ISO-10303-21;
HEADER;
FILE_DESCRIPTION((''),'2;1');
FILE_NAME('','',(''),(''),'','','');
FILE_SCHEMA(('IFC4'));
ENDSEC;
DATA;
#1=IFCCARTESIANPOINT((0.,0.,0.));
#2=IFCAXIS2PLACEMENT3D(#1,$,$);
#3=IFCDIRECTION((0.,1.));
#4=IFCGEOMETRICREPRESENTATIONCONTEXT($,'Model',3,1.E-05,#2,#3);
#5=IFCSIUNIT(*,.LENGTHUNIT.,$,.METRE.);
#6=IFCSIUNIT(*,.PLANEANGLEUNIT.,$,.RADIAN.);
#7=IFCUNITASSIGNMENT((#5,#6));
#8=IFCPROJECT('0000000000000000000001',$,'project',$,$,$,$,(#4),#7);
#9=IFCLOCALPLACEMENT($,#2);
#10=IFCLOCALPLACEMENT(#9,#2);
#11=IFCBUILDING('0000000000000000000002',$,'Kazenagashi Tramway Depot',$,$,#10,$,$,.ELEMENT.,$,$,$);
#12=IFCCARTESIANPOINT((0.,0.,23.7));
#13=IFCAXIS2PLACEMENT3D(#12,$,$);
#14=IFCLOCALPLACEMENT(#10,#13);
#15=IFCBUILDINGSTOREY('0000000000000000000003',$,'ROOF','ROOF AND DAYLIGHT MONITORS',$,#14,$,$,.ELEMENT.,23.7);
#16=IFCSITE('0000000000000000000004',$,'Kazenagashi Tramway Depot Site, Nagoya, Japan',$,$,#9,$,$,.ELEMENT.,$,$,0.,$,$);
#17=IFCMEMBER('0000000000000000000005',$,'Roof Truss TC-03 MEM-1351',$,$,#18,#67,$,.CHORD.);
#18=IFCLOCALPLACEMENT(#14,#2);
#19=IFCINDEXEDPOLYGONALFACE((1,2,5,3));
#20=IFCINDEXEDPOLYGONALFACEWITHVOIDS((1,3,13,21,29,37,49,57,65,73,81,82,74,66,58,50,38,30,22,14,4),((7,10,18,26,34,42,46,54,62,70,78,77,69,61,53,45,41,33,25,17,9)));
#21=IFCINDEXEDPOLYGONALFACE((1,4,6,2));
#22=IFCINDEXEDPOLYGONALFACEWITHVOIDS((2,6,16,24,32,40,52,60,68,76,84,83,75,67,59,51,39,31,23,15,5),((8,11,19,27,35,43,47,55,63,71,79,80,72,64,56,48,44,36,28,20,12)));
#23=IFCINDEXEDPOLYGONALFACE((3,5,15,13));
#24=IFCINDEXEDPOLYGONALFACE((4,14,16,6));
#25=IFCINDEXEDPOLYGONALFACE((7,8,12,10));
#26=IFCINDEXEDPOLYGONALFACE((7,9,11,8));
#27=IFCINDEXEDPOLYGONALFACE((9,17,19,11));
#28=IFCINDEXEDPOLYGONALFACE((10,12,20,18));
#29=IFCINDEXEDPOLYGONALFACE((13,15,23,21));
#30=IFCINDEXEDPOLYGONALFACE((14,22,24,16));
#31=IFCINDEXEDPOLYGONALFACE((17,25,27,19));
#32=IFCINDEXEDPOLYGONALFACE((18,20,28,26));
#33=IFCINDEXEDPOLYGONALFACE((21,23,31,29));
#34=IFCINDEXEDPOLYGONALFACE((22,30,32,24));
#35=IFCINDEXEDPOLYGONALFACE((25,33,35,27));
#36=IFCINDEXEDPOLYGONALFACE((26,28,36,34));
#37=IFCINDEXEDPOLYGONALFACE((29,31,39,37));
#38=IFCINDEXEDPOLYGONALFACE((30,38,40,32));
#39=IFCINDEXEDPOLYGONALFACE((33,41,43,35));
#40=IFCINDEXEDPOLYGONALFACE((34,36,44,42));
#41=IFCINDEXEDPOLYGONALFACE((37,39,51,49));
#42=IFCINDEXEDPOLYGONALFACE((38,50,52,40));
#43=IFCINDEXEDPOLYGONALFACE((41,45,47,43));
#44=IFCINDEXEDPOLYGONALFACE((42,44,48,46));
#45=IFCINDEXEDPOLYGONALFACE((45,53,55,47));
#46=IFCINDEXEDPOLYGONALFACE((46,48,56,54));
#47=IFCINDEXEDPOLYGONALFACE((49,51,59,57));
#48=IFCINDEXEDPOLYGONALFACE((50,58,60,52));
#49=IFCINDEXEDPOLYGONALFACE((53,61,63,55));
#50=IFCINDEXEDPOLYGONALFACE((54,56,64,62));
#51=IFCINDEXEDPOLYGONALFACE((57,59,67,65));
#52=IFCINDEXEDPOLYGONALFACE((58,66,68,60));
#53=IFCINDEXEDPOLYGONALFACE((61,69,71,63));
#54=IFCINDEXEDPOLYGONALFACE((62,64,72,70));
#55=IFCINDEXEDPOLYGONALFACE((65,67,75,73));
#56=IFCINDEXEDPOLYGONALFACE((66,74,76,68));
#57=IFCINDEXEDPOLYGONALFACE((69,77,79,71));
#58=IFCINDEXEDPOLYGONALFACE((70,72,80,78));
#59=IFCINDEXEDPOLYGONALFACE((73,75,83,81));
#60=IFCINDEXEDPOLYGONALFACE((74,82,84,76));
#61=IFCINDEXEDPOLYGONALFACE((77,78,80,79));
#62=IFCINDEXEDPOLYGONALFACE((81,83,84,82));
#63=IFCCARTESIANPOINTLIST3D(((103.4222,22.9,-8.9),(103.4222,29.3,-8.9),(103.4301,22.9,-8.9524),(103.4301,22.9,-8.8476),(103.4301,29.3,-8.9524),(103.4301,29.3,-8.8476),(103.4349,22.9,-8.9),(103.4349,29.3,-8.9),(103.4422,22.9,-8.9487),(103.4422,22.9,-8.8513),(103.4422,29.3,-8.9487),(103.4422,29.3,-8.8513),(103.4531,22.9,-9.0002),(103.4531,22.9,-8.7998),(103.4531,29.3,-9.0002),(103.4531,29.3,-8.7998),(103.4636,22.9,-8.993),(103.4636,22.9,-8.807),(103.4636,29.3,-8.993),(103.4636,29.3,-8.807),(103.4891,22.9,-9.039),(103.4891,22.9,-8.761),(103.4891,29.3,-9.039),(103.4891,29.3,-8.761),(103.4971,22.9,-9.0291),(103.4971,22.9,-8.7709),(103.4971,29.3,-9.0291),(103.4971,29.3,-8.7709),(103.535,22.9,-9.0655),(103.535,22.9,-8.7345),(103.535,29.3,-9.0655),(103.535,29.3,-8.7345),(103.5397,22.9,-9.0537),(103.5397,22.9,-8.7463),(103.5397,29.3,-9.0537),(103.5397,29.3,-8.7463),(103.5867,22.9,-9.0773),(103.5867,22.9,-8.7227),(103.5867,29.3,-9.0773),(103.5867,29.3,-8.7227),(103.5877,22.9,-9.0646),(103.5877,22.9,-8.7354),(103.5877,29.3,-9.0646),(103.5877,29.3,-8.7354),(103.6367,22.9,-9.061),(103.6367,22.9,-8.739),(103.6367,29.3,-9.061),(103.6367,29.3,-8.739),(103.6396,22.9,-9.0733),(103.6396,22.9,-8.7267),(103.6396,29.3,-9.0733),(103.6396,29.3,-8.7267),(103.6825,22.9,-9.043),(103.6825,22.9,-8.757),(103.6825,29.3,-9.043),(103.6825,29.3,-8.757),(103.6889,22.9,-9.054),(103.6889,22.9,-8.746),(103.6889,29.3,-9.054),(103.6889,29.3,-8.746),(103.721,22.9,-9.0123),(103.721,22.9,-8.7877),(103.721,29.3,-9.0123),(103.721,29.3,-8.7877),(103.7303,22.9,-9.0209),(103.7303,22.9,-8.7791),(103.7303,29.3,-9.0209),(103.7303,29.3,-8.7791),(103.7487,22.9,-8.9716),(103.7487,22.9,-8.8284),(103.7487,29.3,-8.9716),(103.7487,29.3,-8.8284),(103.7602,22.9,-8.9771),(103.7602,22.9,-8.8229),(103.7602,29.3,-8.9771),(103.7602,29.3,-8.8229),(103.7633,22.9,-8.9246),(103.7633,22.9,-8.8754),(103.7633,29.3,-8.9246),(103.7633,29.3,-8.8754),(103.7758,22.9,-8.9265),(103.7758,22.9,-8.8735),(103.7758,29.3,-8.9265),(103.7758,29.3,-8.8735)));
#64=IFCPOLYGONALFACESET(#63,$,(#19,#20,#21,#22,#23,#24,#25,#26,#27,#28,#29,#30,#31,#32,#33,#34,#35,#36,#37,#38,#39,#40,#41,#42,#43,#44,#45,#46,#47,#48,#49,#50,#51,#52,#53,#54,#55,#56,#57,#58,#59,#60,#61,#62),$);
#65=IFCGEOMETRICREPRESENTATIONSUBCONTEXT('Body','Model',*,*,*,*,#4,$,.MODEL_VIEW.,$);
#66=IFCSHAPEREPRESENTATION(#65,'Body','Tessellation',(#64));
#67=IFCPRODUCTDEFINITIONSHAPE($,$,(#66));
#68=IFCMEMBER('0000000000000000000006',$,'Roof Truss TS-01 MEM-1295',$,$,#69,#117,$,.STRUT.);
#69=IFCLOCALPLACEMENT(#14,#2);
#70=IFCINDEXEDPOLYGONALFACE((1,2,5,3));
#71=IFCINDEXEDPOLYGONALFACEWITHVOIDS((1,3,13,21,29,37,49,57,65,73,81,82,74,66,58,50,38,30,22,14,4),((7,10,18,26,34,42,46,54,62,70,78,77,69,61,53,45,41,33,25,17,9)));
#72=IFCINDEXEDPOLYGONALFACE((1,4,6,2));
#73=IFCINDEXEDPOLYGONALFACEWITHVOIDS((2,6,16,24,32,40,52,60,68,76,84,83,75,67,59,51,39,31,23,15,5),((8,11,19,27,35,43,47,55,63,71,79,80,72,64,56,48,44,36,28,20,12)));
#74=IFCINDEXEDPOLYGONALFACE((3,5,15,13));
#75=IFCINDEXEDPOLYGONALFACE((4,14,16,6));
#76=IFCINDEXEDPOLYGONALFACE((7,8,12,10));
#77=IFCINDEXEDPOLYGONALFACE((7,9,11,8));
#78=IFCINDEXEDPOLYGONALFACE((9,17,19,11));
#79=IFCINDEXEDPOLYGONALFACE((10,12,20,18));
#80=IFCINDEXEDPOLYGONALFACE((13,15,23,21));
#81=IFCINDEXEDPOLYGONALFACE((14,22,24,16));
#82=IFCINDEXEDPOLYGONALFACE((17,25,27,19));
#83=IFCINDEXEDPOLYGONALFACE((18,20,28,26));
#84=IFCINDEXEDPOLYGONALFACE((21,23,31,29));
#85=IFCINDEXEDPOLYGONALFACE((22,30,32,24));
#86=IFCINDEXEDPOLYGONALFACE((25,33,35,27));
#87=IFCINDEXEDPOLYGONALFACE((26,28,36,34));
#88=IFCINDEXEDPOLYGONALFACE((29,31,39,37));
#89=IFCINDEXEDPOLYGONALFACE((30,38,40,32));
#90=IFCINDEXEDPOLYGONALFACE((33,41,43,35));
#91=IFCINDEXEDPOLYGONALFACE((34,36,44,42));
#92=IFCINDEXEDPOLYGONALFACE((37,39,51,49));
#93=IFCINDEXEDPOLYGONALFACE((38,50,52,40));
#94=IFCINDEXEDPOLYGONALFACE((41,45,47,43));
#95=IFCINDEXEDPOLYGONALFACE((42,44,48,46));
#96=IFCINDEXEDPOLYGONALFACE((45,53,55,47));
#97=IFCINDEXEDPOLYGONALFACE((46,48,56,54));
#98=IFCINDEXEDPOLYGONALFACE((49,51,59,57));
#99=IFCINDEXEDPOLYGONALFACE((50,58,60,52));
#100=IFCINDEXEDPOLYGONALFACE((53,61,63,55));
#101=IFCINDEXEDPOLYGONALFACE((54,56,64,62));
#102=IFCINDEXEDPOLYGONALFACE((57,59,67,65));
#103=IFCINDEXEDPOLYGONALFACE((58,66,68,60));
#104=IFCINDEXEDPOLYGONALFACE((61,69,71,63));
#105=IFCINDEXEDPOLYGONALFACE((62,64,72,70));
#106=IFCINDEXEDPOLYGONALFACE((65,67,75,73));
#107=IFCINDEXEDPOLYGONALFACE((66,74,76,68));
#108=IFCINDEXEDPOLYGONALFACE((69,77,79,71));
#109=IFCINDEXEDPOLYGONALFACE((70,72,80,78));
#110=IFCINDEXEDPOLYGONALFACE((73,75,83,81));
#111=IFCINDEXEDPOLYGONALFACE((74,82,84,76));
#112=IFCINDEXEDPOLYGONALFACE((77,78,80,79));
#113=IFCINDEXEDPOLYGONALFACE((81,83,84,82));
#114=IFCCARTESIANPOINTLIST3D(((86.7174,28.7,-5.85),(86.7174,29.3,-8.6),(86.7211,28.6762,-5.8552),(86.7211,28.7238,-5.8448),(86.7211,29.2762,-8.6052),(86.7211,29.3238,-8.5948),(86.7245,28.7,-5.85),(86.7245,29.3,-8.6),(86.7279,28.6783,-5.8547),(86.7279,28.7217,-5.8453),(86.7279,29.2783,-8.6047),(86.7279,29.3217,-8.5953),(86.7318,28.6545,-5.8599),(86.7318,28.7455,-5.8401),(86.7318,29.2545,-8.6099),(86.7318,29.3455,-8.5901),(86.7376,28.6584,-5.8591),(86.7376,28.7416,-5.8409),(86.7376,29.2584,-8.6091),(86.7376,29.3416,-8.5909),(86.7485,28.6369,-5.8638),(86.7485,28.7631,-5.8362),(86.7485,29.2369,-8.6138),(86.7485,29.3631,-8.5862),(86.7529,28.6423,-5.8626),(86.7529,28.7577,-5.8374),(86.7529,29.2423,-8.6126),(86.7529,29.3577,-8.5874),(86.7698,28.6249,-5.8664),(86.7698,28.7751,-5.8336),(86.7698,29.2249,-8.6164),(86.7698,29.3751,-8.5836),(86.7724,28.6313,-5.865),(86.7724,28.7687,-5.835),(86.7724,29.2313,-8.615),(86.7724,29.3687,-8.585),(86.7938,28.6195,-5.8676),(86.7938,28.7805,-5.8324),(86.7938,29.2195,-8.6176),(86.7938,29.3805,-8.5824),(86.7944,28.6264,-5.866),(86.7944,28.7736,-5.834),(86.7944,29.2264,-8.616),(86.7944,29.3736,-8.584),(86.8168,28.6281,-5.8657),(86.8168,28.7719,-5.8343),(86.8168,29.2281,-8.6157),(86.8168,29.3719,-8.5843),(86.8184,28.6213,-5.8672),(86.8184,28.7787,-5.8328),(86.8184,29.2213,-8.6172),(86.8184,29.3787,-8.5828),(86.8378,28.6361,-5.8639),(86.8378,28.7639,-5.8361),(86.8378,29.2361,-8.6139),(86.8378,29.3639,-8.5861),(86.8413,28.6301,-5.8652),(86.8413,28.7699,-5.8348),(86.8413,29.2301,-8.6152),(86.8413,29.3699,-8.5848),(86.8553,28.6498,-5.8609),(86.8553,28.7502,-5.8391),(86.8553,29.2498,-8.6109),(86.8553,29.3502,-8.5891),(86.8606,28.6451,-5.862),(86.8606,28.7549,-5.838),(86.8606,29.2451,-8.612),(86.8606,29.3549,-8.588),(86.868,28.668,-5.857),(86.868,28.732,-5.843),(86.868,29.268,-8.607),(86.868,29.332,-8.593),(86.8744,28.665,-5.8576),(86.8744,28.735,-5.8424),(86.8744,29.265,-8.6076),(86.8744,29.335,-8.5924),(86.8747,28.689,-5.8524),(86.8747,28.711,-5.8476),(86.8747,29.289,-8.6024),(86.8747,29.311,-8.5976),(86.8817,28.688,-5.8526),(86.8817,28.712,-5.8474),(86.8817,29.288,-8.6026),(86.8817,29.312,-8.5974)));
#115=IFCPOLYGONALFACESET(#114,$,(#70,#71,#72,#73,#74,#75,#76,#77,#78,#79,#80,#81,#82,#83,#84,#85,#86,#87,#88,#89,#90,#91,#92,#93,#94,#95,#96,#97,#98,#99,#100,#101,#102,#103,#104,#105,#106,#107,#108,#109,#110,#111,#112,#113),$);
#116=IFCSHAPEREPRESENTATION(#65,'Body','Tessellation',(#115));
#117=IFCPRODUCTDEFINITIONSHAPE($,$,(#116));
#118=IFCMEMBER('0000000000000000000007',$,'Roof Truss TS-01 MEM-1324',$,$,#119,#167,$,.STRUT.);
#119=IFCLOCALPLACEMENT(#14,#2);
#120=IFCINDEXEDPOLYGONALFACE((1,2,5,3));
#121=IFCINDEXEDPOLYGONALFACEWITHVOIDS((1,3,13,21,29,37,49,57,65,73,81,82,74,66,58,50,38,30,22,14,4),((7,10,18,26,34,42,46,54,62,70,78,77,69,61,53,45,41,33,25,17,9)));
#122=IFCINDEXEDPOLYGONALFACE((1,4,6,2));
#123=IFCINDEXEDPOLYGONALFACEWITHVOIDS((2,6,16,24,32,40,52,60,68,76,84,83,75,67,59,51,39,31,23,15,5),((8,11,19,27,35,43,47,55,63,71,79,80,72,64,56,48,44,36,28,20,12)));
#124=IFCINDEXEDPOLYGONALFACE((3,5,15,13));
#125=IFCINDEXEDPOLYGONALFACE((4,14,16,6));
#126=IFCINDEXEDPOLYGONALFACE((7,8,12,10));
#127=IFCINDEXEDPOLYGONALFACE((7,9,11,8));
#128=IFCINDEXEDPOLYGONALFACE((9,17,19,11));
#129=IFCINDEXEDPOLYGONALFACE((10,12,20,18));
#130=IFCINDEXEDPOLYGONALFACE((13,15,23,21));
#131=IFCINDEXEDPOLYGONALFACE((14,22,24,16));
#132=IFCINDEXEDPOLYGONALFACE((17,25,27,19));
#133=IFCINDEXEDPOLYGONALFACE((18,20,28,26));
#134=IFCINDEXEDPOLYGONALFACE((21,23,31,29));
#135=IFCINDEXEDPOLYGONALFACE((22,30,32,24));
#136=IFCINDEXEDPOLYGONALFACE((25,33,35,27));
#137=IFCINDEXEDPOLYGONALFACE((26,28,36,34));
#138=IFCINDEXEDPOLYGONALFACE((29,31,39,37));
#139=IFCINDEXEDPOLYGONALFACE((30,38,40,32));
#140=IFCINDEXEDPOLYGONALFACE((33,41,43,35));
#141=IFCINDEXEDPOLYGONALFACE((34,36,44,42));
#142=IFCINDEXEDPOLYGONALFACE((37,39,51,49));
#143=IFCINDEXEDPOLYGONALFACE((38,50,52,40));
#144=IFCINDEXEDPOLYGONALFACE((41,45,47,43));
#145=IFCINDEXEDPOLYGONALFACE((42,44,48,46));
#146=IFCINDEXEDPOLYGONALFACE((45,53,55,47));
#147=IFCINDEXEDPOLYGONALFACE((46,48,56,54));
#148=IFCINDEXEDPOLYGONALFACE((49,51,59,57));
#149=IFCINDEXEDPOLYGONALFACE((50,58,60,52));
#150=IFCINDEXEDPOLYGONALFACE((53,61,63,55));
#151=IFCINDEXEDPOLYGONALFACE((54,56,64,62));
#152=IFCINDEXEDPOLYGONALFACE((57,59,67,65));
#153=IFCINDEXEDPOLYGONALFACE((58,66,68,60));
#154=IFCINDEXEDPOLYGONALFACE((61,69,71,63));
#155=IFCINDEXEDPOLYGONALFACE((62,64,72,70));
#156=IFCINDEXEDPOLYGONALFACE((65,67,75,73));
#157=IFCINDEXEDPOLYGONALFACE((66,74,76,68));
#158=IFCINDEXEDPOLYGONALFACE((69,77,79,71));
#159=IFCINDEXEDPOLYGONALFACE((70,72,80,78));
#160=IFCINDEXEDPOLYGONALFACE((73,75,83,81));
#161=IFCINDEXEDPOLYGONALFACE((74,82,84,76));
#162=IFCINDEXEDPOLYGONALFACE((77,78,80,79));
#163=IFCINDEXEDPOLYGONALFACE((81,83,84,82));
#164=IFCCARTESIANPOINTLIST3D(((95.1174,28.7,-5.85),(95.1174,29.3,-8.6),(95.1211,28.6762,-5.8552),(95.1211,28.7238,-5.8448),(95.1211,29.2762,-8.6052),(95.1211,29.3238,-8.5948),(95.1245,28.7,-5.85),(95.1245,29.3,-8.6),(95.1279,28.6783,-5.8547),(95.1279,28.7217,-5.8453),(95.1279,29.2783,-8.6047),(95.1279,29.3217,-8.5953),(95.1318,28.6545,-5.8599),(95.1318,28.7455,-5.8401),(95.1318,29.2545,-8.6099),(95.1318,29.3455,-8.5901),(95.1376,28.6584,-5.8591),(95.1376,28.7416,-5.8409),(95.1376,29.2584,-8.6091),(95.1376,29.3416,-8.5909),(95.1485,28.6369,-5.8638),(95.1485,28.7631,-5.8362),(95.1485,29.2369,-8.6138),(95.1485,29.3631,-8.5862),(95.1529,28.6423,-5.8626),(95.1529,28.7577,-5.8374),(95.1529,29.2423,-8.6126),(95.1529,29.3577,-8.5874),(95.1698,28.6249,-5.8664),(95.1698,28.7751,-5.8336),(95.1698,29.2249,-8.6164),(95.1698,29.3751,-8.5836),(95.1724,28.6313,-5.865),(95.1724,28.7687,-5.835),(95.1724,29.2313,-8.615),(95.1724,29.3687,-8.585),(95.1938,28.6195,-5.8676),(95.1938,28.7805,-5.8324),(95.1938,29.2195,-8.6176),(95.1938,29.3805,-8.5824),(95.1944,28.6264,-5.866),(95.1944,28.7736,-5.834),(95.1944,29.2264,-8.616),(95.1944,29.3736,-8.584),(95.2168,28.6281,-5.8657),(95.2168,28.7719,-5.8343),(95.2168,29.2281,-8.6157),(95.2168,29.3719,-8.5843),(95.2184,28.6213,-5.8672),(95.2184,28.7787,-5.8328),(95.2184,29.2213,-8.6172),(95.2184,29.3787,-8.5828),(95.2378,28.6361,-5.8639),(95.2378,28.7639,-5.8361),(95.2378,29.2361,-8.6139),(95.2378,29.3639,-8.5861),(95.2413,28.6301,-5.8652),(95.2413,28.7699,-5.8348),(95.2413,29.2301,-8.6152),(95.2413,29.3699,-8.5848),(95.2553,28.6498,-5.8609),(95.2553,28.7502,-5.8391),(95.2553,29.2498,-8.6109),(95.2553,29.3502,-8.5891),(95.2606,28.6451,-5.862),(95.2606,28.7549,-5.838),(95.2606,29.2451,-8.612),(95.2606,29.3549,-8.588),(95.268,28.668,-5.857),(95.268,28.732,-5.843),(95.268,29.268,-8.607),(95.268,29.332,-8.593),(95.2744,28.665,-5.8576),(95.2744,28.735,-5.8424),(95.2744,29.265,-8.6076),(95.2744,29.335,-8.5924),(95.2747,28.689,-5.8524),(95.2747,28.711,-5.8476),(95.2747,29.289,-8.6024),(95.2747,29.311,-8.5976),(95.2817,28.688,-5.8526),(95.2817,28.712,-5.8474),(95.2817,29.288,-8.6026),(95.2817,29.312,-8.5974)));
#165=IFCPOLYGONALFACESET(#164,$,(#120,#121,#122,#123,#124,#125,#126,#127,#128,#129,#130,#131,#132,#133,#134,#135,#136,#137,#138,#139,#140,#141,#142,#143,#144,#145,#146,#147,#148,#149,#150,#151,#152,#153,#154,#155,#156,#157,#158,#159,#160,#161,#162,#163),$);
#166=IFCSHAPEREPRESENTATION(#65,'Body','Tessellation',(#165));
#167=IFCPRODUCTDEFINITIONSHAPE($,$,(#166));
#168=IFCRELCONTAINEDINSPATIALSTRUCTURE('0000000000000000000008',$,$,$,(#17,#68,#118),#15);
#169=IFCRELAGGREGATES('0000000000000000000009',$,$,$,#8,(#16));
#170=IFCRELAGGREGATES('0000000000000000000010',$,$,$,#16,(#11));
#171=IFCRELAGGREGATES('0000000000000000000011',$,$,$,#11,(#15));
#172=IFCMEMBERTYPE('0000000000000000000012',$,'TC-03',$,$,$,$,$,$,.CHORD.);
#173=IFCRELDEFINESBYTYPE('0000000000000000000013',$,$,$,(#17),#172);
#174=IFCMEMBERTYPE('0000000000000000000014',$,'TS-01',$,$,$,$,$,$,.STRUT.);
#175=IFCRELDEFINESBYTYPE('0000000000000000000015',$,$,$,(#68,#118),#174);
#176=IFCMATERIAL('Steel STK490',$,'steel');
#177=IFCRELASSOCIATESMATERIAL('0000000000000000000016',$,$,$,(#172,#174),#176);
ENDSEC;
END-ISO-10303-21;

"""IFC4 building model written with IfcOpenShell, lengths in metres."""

from ifc_helpers import new_model, si_unit, direction, frame, origin, origin_2d, place, context, subcontext, project, spatial, hollow_circle, extrude, material, material_profile, profile_set, type_object, element, save


model = new_model("IFC4")

# Units and contexts
model_context = context("Model", 3, precision=1e-05, world=origin(), true_north=direction((0.0, 1.0)))
body_context = subcontext(model_context, "Body", "Model", "MODEL_VIEW")
ifc_project = project(units=[si_unit("LENGTHUNIT", "METRE"), si_unit("PLANEANGLEUNIT", "RADIAN")], contexts=[model_context])

# Site, building, storey
site_placement = place(None, origin())
site = spatial("IfcSite", under=ifc_project, at=site_placement, Name="Kazenagashi Tramway Depot Site, Nagoya, Japan", CompositionType="ELEMENT", RefElevation=0.0)
building_placement = place(site_placement, origin())
building = spatial("IfcBuilding", under=site, at=building_placement, Name="Kazenagashi Tramway Depot", CompositionType="ELEMENT")
storey_placement = place(building_placement, frame((0.0, 0.0, 23.7)))
storey = spatial("IfcBuildingStorey", under=building, at=storey_placement, Name="ROOF", Description="ROOF AND DAYLIGHT MONITORS", CompositionType="ELEMENT", Elevation=23.7)

# Members
ifc_material_1 = material(Name="Steel STK490", Category="steel")
ifc_material_profile_1 = material_profile(ifc_material_1, hollow_circle(Radius=0.1778, WallThickness=0.0127, at=origin_2d()), Name="CHS-355.6x12.7")
ifc_profile_set_1 = profile_set([ifc_material_profile_1], Name="Steel STK490")
member_type_1 = type_object("IfcMemberType", Name="TC-03", PredefinedType="CHORD", material=ifc_profile_set_1)
for number, where, z_axis, x_axis, name in (
    (1, (103.6, 22.9, -8.9), (0.0, 1.0, 0.0), (-1.0, 0.0, 0.0), "Roof Truss TC-03 MEM-1351"),
):
    element("IfcMember", number, at=place(storey_placement, frame(where, z_axis=z_axis, x_axis=x_axis)), inside=storey, type_object=member_type_1, Name=name, PredefinedType="CHORD", context=body_context, shape_type="SweptSolid", body=[
        extrude(hollow_circle(Radius=0.1778, WallThickness=0.0127, at=origin_2d()), origin(), (0.0, 0.0, 1.0), 6.4),
    ])
ifc_material_profile_2 = material_profile(ifc_material_1, hollow_circle(Radius=0.0826, WallThickness=0.0071, at=origin_2d()), Name="CHS-165.2x7.1")
ifc_profile_set_2 = profile_set([ifc_material_profile_2], Name="Steel STK490")
member_type_2 = type_object("IfcMemberType", Name="TS-01", PredefinedType="STRUT", material=ifc_profile_set_2)
for number, where, z_axis, x_axis, name in (
    (2, (86.8, 28.7, -5.85), (0.0, 0.213167, -0.977016), (-1.0, 0.0, 0.0), "Roof Truss TS-01 MEM-1295"),
    (3, (95.2, 28.7, -5.85), (0.0, 0.213167, -0.977016), (-1.0, 0.0, 0.0), "Roof Truss TS-01 MEM-1324"),
):
    element("IfcMember", number, at=place(storey_placement, frame(where, z_axis=z_axis, x_axis=x_axis)), inside=storey, type_object=member_type_2, Name=name, PredefinedType="STRUT", context=body_context, shape_type="SweptSolid", body=[
        extrude(hollow_circle(Radius=0.0826, WallThickness=0.0071, at=origin_2d()), origin(), (0.0, 0.0, 1.0), 2.8147),
    ])

save(model, "model.ifc")
